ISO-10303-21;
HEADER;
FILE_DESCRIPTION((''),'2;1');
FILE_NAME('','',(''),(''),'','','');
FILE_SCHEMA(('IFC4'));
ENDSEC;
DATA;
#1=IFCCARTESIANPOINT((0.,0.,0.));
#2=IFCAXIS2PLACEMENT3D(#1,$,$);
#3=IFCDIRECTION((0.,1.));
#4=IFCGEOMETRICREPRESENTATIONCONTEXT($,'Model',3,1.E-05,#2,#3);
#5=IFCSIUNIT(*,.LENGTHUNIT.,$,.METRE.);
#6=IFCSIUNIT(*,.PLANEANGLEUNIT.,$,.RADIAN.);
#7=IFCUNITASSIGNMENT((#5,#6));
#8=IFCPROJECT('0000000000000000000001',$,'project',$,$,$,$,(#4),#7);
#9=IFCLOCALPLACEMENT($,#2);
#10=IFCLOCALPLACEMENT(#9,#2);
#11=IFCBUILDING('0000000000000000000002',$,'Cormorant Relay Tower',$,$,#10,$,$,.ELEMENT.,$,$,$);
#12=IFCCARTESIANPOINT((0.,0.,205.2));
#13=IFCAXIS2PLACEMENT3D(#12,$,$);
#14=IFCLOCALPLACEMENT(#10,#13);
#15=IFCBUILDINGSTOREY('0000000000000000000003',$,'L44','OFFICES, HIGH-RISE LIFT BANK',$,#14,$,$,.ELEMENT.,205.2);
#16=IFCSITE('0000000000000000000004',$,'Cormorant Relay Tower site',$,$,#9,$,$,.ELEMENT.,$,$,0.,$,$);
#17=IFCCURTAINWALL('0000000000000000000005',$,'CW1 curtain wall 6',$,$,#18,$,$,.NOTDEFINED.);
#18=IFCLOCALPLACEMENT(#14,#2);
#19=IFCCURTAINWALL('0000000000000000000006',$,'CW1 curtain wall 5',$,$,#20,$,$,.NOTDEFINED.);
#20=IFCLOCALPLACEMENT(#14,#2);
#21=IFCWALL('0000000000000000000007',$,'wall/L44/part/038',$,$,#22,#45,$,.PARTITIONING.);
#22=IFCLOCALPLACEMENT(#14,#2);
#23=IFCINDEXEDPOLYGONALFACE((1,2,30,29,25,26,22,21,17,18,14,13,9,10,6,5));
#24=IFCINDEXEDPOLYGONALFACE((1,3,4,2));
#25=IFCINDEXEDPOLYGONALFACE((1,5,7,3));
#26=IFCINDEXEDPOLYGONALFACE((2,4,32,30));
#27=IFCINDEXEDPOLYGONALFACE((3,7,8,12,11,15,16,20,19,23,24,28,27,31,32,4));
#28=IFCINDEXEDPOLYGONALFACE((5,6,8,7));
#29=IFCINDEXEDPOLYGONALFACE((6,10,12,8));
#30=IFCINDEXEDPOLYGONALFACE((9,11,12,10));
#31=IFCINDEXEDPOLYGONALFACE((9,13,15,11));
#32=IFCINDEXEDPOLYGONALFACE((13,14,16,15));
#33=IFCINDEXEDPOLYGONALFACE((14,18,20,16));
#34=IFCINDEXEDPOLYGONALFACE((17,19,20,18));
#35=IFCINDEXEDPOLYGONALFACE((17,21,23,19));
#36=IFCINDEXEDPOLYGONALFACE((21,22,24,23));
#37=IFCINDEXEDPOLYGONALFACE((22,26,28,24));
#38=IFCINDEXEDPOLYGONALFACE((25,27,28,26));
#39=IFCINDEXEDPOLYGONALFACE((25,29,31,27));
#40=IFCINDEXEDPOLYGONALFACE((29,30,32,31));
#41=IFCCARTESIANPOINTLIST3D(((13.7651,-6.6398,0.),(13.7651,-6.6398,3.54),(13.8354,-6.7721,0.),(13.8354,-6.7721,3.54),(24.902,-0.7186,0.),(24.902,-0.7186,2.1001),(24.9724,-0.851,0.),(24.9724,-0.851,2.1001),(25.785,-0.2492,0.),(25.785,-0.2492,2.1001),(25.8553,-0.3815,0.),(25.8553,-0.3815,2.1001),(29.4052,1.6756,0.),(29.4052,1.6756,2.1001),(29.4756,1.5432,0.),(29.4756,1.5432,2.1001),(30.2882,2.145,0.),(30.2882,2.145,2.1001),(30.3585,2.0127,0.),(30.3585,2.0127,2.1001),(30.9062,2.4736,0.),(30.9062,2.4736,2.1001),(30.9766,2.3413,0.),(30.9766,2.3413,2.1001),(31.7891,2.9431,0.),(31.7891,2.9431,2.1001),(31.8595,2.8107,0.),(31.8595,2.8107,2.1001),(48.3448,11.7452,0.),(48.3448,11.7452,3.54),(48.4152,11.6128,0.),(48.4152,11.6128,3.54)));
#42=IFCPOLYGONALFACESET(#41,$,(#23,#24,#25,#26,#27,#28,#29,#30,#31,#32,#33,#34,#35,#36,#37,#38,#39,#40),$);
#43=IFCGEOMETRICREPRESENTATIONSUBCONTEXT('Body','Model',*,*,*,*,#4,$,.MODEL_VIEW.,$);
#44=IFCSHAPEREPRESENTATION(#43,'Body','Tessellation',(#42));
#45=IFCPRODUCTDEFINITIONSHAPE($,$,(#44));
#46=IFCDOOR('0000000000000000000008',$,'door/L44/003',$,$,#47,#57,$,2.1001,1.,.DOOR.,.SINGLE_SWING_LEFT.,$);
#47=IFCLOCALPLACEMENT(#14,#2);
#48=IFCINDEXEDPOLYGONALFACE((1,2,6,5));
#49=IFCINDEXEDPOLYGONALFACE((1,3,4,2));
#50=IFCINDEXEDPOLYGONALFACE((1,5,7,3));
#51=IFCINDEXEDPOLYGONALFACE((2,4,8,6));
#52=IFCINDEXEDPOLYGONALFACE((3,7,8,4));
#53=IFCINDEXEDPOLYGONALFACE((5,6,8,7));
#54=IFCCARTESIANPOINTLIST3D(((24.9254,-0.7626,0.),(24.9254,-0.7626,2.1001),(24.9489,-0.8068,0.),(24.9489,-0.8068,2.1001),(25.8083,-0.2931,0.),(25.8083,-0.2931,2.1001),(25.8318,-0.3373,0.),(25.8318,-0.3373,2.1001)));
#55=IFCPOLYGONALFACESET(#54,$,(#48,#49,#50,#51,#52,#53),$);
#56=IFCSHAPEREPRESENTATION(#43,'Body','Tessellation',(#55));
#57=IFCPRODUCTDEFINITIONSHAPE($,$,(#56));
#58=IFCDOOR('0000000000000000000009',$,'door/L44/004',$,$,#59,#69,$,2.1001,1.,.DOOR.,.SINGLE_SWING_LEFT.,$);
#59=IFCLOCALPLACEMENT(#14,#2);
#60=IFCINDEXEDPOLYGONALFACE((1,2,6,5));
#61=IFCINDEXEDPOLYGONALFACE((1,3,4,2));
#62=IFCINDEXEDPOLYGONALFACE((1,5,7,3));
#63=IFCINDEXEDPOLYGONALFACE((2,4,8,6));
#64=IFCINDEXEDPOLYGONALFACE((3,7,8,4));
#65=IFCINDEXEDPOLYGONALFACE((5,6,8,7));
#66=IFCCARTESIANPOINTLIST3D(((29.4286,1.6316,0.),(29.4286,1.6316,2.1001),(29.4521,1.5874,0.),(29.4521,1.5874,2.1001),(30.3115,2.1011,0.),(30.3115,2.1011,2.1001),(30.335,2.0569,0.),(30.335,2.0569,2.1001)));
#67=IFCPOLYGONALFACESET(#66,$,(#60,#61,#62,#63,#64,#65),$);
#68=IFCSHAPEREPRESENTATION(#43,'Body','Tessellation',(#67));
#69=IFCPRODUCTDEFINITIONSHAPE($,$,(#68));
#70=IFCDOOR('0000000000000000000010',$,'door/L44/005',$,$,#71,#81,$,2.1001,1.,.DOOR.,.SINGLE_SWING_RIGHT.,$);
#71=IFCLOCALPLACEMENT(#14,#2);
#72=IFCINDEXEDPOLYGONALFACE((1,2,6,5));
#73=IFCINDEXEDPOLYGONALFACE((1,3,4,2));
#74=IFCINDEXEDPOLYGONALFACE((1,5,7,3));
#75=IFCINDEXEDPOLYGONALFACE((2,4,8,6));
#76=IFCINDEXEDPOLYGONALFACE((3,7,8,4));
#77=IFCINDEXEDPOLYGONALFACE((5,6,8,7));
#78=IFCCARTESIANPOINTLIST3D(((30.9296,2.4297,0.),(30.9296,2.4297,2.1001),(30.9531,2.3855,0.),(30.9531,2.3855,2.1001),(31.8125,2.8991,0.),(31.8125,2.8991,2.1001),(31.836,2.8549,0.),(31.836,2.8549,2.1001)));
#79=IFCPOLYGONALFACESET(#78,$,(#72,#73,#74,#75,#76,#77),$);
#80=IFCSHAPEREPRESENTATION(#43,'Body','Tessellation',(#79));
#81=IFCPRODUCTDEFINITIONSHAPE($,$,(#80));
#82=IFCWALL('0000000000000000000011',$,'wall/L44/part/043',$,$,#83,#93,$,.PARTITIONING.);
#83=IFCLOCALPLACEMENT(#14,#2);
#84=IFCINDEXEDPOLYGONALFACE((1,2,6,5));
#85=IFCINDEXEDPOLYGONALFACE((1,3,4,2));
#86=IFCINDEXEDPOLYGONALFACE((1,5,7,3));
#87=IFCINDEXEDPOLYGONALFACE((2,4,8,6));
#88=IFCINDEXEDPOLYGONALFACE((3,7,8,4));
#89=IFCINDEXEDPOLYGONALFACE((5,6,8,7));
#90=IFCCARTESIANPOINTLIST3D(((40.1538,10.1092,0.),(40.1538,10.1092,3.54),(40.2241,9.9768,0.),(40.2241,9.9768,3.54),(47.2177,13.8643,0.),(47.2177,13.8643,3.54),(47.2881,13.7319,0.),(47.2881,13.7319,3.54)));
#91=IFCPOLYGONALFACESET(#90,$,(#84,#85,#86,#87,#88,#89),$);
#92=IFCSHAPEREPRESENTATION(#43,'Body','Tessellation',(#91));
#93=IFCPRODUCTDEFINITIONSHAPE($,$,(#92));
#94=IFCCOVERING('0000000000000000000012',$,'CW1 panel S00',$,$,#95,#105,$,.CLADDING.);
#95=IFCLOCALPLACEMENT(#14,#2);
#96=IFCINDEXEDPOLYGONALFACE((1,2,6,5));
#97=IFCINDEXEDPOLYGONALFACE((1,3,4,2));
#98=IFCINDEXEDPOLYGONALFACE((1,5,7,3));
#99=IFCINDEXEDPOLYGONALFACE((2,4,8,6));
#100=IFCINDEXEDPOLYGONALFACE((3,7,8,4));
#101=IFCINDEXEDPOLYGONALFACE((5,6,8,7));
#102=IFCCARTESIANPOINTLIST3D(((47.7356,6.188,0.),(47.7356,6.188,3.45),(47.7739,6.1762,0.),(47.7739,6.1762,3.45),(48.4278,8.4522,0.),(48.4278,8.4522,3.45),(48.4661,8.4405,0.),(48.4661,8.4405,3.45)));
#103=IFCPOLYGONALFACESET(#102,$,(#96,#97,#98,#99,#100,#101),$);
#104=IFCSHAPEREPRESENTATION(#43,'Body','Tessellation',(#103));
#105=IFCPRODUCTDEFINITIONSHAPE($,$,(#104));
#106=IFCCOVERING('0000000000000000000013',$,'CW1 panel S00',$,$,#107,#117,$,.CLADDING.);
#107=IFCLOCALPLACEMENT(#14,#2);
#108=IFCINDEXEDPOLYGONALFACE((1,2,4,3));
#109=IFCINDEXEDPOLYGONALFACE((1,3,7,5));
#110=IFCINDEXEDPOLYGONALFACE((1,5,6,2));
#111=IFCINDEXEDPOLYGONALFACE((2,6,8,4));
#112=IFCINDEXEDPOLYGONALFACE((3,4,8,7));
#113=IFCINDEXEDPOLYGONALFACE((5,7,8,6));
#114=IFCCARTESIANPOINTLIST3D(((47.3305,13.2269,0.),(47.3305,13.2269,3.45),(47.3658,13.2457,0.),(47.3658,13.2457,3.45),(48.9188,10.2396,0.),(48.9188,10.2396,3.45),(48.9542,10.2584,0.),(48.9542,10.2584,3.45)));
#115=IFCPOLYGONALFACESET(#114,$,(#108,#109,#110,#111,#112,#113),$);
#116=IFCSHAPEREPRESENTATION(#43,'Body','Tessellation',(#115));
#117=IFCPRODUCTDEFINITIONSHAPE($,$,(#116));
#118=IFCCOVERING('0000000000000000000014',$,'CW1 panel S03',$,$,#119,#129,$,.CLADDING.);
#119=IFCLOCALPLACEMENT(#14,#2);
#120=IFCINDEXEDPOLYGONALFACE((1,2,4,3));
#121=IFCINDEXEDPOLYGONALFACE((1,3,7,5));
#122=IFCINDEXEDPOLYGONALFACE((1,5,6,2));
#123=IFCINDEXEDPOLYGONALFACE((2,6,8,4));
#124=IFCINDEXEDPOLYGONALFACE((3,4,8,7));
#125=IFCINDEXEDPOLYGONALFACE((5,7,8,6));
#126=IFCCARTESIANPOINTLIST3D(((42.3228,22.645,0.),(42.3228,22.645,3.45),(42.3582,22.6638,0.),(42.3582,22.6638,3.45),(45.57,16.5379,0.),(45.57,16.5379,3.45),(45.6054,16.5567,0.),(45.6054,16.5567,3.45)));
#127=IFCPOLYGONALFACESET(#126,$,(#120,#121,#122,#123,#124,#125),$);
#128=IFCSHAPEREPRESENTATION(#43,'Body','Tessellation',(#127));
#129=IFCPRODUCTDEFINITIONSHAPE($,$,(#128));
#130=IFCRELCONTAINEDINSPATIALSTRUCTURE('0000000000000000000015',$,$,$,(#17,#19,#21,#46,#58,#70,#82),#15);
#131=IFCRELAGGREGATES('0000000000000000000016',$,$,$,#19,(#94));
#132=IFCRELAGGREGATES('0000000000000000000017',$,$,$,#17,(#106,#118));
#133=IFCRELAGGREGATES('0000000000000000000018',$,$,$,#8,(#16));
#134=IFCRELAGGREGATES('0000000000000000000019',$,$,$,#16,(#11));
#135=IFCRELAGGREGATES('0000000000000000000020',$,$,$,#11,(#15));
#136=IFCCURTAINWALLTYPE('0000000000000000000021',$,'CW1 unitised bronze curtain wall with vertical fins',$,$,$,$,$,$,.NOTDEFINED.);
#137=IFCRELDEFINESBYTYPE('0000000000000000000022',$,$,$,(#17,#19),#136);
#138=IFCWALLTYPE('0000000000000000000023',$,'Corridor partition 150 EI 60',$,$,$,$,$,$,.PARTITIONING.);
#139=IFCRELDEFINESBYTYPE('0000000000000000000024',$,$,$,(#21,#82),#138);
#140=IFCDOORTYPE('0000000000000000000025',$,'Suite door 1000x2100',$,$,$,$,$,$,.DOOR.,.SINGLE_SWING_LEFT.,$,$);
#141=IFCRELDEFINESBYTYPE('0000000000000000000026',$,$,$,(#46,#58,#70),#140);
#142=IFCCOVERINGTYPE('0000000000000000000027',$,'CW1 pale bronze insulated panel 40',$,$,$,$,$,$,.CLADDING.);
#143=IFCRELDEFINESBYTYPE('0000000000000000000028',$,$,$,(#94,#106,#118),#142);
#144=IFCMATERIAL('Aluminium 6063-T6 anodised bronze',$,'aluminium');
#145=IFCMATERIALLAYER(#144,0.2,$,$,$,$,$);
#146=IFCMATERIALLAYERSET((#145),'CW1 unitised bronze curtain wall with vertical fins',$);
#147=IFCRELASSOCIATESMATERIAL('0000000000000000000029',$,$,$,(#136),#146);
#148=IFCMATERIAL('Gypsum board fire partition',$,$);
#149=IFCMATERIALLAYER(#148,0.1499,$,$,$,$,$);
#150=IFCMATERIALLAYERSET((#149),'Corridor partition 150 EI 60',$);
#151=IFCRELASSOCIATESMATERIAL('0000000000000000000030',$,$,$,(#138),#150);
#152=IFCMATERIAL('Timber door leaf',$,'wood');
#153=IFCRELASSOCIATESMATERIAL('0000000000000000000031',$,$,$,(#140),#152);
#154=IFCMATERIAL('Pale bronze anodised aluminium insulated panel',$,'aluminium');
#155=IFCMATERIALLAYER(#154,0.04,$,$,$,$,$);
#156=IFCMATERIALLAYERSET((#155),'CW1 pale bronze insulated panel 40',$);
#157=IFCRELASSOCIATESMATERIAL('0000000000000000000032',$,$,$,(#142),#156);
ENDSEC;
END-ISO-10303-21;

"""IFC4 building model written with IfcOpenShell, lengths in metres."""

from ifc_helpers import new_model, si_unit, direction, frame, frame_2d, origin, origin_2d, place, context, subcontext, project, spatial, rectangle, extrude, material, layer, layer_set, type_object, element, fill, aggregate, save


model = new_model("IFC4")

# Units and contexts
model_context = context("Model", 3, precision=1e-05, world=origin(), true_north=direction((0.0, 1.0)))
body_context = subcontext(model_context, "Body", "Model", "MODEL_VIEW")
ifc_project = project(units=[si_unit("LENGTHUNIT", "METRE"), si_unit("PLANEANGLEUNIT", "RADIAN")], contexts=[model_context])

# Site, building, storey
site_placement = place(None, origin())
site = spatial("IfcSite", under=ifc_project, at=site_placement, Name="Cormorant Relay Tower site", CompositionType="ELEMENT", RefElevation=0.0)
building_placement = place(site_placement, origin())
building = spatial("IfcBuilding", under=site, at=building_placement, Name="Cormorant Relay Tower", CompositionType="ELEMENT")
storey_placement = place(building_placement, frame((0.0, 0.0, 205.2)))
storey = spatial("IfcBuildingStorey", under=building, at=storey_placement, Name="L44", Description="OFFICES, HIGH-RISE LIFT BANK", CompositionType="ELEMENT", Elevation=205.2)

# Curtain wall
ifc_material_1 = material(Name="Aluminium 6063-T6 anodised bronze", Category="aluminium")
ifc_layer_1 = layer(ifc_material_1, 0.2)
ifc_layer_set_1 = layer_set([ifc_layer_1], Name="CW1 unitised bronze curtain wall with vertical fins")
curtain_wall_type = type_object("IfcCurtainWallType", Name="CW1 unitised bronze curtain wall with vertical fins", PredefinedType="NOTDEFINED", material=ifc_layer_set_1)
curtain_wall_1_placement = place(storey_placement, origin())
curtain_wall_1 = element("IfcCurtainWall", 1, at=curtain_wall_1_placement, inside=storey, type_object=curtain_wall_type, Name="CW1 curtain wall 6", PredefinedType="NOTDEFINED")

# Curtain wall
curtain_wall_2_placement = place(storey_placement, origin())
curtain_wall_2 = element("IfcCurtainWall", 2, at=curtain_wall_2_placement, inside=storey, type_object=curtain_wall_type, Name="CW1 curtain wall 5", PredefinedType="NOTDEFINED")

# Wall, openings, doors
ifc_material_2 = material(Name="Gypsum board fire partition")
ifc_layer_2 = layer(ifc_material_2, 0.1499)
ifc_layer_set_2 = layer_set([ifc_layer_2], Name="Corridor partition 150 EI 60")
wall_type_1 = type_object("IfcWallType", Name="Corridor partition 150 EI 60", PredefinedType="PARTITIONING", material=ifc_layer_set_2)
wall_1_placement = place(storey_placement, frame((48.3799, 11.679, 0.0), z_axis=(0.0, 0.0, 1.0), x_axis=(-0.882963, -0.469443, 0.0)))
wall_1 = element("IfcWall", 3, at=wall_1_placement, inside=storey, type_object=wall_type_1, Name="wall/L44/part/038", PredefinedType="PARTITIONING", context=body_context, shape_type="SweptSolid", body=[
    extrude(rectangle(XDim=39.1633, YDim=0.1499, at=frame_2d((19.5815, 0.0))), origin(), (0.0, 0.0, 1.0), 3.54),
])
opening_1_placement = place(wall_1_placement, frame((25.55, 0.0, 0.0)))
opening_1 = element("IfcOpeningElement", 4, at=opening_1_placement, cuts=wall_1, PredefinedType="OPENING", context=body_context, shape_type="SweptSolid", body=[
    extrude(rectangle(XDim=1.0, YDim=2.1001, at=frame_2d((0.5, 1.05))), frame((0.0, 0.085, 0.0), z_axis=(0.0, -1.0, 0.0), x_axis=(1.0, 0.0, 0.0)), (0.0, 0.0, 1.0), 0.1699),
])
opening_2_placement = place(wall_1_placement, frame((20.45, 0.0, 0.0)))
opening_2 = element("IfcOpeningElement", 5, at=opening_2_placement, cuts=wall_1, PredefinedType="OPENING", context=body_context, shape_type="SweptSolid", body=[
    extrude(rectangle(XDim=1.0, YDim=2.1001, at=frame_2d((0.5, 1.05))), frame((0.0, 0.085, 0.0), z_axis=(0.0, -1.0, 0.0), x_axis=(1.0, 0.0, 0.0)), (0.0, 0.0, 1.0), 0.1699),
])
opening_3_placement = place(wall_1_placement, frame((18.75, 0.0, 0.0)))
opening_3 = element("IfcOpeningElement", 6, at=opening_3_placement, cuts=wall_1, PredefinedType="OPENING", context=body_context, shape_type="SweptSolid", body=[
    extrude(rectangle(XDim=1.0, YDim=2.1001, at=frame_2d((0.5, 1.05))), frame((0.0, 0.085, 0.0), z_axis=(0.0, -1.0, 0.0), x_axis=(1.0, 0.0, 0.0)), (0.0, 0.0, 1.0), 0.1699),
])
ifc_material_3 = material(Name="Timber door leaf", Category="wood")
door_type_1 = type_object("IfcDoorType", Name="Suite door 1000x2100", OperationType="SINGLE_SWING_LEFT", PredefinedType="DOOR", material=ifc_material_3)
door_1_placement = place(opening_1_placement, origin())
door_1 = element("IfcDoor", 7, at=door_1_placement, inside=storey, type_object=door_type_1, Name="door/L44/003", OperationType="SINGLE_SWING_LEFT", OverallHeight=2.1001, OverallWidth=1.0, PredefinedType="DOOR", context=body_context, shape_type="SweptSolid", body=[
    extrude(rectangle(XDim=1.0, YDim=2.1001, at=frame_2d((0.5, 1.05))), frame((0.0, 0.0249, 0.0), z_axis=(0.0, -1.0, 0.0), x_axis=(1.0, 0.0, 0.0)), (0.0, 0.0, 1.0), 0.05),
])
fill(opening_1, door_1)
door_2_placement = place(opening_2_placement, origin())
door_2 = element("IfcDoor", 8, at=door_2_placement, inside=storey, type_object=door_type_1, Name="door/L44/004", OperationType="SINGLE_SWING_LEFT", OverallHeight=2.1001, OverallWidth=1.0, PredefinedType="DOOR", context=body_context, shape_type="SweptSolid", body=[
    extrude(rectangle(XDim=1.0, YDim=2.1001, at=frame_2d((0.5, 1.05))), frame((0.0, 0.0249, 0.0), z_axis=(0.0, -1.0, 0.0), x_axis=(1.0, 0.0, 0.0)), (0.0, 0.0, 1.0), 0.05),
])
fill(opening_2, door_2)
door_3_placement = place(opening_3_placement, origin())
door_3 = element("IfcDoor", 9, at=door_3_placement, inside=storey, type_object=door_type_1, Name="door/L44/005", OperationType="SINGLE_SWING_RIGHT", OverallHeight=2.1001, OverallWidth=1.0, PredefinedType="DOOR", context=body_context, shape_type="SweptSolid", body=[
    extrude(rectangle(XDim=1.0, YDim=2.1001, at=frame_2d((0.5, 1.05))), frame((0.0, 0.0249, 0.0), z_axis=(0.0, -1.0, 0.0), x_axis=(1.0, 0.0, 0.0)), (0.0, 0.0, 1.0), 0.05),
])
fill(opening_3, door_3)

# Wall
wall_2_placement = place(storey_placement, frame((40.189, 10.043, 0.0), z_axis=(0.0, 0.0, 1.0), x_axis=(0.882992, 0.469389, 0.0)))
element("IfcWall", 10, at=wall_2_placement, inside=storey, type_object=wall_type_1, Name="wall/L44/part/043", PredefinedType="PARTITIONING", context=body_context, shape_type="SweptSolid", body=[
    extrude(rectangle(XDim=8.0, YDim=0.1499, at=frame_2d((4.0, 0.0))), origin(), (0.0, 0.0, 1.0), 3.54),
])

# Coverings
ifc_material_4 = material(Name="Pale bronze anodised aluminium insulated panel", Category="aluminium")
ifc_layer_3 = layer(ifc_material_4, 0.04)
ifc_layer_set_3 = layer_set([ifc_layer_3], Name="CW1 pale bronze insulated panel 40")
covering_type = type_object("IfcCoveringType", Name="CW1 pale bronze insulated panel 40", PredefinedType="CLADDING", material=ifc_layer_set_3)
covering_1_placement = place(storey_placement, frame((48.1008, 7.3142, 0.0), z_axis=(0.0, 0.0, 1.0), x_axis=(0.292372, 0.956305, 0.0)))
covering_1 = element("IfcCovering", 11, at=covering_1_placement, type_object=covering_type, Name="CW1 panel S00", PredefinedType="CLADDING", context=body_context, shape_type="SweptSolid", body=[
    extrude(rectangle(XDim=2.3677, YDim=0.04, at=origin_2d()), origin(), (0.0, 0.0, 1.0), 3.45),
])
aggregate(curtain_wall_2, [covering_1])
covering_2_placement = place(storey_placement, frame((48.1423, 11.7427, 0.0), z_axis=(0.0, 0.0, 1.0), x_axis=(-0.469472, 0.882948, 0.0)))
covering_2 = element("IfcCovering", 12, at=covering_2_placement, type_object=covering_type, Name="CW1 panel S00", PredefinedType="CLADDING", context=body_context, shape_type="SweptSolid", body=[
    extrude(rectangle(XDim=3.3833, YDim=0.04, at=origin_2d()), origin(), (0.0, 0.0, 1.0), 3.45),
])
covering_3_placement = place(storey_placement, frame((43.9641, 19.6008, 0.0), z_axis=(0.0, 0.0, 1.0), x_axis=(-0.469472, 0.882948, 0.0)))
covering_3 = element("IfcCovering", 13, at=covering_3_placement, type_object=covering_type, Name="CW1 panel S03", PredefinedType="CLADDING", context=body_context, shape_type="SweptSolid", body=[
    extrude(rectangle(XDim=6.9167, YDim=0.04, at=origin_2d()), origin(), (0.0, 0.0, 1.0), 3.45),
])
aggregate(curtain_wall_1, [covering_2, covering_3])

save(model, "model.ifc")
